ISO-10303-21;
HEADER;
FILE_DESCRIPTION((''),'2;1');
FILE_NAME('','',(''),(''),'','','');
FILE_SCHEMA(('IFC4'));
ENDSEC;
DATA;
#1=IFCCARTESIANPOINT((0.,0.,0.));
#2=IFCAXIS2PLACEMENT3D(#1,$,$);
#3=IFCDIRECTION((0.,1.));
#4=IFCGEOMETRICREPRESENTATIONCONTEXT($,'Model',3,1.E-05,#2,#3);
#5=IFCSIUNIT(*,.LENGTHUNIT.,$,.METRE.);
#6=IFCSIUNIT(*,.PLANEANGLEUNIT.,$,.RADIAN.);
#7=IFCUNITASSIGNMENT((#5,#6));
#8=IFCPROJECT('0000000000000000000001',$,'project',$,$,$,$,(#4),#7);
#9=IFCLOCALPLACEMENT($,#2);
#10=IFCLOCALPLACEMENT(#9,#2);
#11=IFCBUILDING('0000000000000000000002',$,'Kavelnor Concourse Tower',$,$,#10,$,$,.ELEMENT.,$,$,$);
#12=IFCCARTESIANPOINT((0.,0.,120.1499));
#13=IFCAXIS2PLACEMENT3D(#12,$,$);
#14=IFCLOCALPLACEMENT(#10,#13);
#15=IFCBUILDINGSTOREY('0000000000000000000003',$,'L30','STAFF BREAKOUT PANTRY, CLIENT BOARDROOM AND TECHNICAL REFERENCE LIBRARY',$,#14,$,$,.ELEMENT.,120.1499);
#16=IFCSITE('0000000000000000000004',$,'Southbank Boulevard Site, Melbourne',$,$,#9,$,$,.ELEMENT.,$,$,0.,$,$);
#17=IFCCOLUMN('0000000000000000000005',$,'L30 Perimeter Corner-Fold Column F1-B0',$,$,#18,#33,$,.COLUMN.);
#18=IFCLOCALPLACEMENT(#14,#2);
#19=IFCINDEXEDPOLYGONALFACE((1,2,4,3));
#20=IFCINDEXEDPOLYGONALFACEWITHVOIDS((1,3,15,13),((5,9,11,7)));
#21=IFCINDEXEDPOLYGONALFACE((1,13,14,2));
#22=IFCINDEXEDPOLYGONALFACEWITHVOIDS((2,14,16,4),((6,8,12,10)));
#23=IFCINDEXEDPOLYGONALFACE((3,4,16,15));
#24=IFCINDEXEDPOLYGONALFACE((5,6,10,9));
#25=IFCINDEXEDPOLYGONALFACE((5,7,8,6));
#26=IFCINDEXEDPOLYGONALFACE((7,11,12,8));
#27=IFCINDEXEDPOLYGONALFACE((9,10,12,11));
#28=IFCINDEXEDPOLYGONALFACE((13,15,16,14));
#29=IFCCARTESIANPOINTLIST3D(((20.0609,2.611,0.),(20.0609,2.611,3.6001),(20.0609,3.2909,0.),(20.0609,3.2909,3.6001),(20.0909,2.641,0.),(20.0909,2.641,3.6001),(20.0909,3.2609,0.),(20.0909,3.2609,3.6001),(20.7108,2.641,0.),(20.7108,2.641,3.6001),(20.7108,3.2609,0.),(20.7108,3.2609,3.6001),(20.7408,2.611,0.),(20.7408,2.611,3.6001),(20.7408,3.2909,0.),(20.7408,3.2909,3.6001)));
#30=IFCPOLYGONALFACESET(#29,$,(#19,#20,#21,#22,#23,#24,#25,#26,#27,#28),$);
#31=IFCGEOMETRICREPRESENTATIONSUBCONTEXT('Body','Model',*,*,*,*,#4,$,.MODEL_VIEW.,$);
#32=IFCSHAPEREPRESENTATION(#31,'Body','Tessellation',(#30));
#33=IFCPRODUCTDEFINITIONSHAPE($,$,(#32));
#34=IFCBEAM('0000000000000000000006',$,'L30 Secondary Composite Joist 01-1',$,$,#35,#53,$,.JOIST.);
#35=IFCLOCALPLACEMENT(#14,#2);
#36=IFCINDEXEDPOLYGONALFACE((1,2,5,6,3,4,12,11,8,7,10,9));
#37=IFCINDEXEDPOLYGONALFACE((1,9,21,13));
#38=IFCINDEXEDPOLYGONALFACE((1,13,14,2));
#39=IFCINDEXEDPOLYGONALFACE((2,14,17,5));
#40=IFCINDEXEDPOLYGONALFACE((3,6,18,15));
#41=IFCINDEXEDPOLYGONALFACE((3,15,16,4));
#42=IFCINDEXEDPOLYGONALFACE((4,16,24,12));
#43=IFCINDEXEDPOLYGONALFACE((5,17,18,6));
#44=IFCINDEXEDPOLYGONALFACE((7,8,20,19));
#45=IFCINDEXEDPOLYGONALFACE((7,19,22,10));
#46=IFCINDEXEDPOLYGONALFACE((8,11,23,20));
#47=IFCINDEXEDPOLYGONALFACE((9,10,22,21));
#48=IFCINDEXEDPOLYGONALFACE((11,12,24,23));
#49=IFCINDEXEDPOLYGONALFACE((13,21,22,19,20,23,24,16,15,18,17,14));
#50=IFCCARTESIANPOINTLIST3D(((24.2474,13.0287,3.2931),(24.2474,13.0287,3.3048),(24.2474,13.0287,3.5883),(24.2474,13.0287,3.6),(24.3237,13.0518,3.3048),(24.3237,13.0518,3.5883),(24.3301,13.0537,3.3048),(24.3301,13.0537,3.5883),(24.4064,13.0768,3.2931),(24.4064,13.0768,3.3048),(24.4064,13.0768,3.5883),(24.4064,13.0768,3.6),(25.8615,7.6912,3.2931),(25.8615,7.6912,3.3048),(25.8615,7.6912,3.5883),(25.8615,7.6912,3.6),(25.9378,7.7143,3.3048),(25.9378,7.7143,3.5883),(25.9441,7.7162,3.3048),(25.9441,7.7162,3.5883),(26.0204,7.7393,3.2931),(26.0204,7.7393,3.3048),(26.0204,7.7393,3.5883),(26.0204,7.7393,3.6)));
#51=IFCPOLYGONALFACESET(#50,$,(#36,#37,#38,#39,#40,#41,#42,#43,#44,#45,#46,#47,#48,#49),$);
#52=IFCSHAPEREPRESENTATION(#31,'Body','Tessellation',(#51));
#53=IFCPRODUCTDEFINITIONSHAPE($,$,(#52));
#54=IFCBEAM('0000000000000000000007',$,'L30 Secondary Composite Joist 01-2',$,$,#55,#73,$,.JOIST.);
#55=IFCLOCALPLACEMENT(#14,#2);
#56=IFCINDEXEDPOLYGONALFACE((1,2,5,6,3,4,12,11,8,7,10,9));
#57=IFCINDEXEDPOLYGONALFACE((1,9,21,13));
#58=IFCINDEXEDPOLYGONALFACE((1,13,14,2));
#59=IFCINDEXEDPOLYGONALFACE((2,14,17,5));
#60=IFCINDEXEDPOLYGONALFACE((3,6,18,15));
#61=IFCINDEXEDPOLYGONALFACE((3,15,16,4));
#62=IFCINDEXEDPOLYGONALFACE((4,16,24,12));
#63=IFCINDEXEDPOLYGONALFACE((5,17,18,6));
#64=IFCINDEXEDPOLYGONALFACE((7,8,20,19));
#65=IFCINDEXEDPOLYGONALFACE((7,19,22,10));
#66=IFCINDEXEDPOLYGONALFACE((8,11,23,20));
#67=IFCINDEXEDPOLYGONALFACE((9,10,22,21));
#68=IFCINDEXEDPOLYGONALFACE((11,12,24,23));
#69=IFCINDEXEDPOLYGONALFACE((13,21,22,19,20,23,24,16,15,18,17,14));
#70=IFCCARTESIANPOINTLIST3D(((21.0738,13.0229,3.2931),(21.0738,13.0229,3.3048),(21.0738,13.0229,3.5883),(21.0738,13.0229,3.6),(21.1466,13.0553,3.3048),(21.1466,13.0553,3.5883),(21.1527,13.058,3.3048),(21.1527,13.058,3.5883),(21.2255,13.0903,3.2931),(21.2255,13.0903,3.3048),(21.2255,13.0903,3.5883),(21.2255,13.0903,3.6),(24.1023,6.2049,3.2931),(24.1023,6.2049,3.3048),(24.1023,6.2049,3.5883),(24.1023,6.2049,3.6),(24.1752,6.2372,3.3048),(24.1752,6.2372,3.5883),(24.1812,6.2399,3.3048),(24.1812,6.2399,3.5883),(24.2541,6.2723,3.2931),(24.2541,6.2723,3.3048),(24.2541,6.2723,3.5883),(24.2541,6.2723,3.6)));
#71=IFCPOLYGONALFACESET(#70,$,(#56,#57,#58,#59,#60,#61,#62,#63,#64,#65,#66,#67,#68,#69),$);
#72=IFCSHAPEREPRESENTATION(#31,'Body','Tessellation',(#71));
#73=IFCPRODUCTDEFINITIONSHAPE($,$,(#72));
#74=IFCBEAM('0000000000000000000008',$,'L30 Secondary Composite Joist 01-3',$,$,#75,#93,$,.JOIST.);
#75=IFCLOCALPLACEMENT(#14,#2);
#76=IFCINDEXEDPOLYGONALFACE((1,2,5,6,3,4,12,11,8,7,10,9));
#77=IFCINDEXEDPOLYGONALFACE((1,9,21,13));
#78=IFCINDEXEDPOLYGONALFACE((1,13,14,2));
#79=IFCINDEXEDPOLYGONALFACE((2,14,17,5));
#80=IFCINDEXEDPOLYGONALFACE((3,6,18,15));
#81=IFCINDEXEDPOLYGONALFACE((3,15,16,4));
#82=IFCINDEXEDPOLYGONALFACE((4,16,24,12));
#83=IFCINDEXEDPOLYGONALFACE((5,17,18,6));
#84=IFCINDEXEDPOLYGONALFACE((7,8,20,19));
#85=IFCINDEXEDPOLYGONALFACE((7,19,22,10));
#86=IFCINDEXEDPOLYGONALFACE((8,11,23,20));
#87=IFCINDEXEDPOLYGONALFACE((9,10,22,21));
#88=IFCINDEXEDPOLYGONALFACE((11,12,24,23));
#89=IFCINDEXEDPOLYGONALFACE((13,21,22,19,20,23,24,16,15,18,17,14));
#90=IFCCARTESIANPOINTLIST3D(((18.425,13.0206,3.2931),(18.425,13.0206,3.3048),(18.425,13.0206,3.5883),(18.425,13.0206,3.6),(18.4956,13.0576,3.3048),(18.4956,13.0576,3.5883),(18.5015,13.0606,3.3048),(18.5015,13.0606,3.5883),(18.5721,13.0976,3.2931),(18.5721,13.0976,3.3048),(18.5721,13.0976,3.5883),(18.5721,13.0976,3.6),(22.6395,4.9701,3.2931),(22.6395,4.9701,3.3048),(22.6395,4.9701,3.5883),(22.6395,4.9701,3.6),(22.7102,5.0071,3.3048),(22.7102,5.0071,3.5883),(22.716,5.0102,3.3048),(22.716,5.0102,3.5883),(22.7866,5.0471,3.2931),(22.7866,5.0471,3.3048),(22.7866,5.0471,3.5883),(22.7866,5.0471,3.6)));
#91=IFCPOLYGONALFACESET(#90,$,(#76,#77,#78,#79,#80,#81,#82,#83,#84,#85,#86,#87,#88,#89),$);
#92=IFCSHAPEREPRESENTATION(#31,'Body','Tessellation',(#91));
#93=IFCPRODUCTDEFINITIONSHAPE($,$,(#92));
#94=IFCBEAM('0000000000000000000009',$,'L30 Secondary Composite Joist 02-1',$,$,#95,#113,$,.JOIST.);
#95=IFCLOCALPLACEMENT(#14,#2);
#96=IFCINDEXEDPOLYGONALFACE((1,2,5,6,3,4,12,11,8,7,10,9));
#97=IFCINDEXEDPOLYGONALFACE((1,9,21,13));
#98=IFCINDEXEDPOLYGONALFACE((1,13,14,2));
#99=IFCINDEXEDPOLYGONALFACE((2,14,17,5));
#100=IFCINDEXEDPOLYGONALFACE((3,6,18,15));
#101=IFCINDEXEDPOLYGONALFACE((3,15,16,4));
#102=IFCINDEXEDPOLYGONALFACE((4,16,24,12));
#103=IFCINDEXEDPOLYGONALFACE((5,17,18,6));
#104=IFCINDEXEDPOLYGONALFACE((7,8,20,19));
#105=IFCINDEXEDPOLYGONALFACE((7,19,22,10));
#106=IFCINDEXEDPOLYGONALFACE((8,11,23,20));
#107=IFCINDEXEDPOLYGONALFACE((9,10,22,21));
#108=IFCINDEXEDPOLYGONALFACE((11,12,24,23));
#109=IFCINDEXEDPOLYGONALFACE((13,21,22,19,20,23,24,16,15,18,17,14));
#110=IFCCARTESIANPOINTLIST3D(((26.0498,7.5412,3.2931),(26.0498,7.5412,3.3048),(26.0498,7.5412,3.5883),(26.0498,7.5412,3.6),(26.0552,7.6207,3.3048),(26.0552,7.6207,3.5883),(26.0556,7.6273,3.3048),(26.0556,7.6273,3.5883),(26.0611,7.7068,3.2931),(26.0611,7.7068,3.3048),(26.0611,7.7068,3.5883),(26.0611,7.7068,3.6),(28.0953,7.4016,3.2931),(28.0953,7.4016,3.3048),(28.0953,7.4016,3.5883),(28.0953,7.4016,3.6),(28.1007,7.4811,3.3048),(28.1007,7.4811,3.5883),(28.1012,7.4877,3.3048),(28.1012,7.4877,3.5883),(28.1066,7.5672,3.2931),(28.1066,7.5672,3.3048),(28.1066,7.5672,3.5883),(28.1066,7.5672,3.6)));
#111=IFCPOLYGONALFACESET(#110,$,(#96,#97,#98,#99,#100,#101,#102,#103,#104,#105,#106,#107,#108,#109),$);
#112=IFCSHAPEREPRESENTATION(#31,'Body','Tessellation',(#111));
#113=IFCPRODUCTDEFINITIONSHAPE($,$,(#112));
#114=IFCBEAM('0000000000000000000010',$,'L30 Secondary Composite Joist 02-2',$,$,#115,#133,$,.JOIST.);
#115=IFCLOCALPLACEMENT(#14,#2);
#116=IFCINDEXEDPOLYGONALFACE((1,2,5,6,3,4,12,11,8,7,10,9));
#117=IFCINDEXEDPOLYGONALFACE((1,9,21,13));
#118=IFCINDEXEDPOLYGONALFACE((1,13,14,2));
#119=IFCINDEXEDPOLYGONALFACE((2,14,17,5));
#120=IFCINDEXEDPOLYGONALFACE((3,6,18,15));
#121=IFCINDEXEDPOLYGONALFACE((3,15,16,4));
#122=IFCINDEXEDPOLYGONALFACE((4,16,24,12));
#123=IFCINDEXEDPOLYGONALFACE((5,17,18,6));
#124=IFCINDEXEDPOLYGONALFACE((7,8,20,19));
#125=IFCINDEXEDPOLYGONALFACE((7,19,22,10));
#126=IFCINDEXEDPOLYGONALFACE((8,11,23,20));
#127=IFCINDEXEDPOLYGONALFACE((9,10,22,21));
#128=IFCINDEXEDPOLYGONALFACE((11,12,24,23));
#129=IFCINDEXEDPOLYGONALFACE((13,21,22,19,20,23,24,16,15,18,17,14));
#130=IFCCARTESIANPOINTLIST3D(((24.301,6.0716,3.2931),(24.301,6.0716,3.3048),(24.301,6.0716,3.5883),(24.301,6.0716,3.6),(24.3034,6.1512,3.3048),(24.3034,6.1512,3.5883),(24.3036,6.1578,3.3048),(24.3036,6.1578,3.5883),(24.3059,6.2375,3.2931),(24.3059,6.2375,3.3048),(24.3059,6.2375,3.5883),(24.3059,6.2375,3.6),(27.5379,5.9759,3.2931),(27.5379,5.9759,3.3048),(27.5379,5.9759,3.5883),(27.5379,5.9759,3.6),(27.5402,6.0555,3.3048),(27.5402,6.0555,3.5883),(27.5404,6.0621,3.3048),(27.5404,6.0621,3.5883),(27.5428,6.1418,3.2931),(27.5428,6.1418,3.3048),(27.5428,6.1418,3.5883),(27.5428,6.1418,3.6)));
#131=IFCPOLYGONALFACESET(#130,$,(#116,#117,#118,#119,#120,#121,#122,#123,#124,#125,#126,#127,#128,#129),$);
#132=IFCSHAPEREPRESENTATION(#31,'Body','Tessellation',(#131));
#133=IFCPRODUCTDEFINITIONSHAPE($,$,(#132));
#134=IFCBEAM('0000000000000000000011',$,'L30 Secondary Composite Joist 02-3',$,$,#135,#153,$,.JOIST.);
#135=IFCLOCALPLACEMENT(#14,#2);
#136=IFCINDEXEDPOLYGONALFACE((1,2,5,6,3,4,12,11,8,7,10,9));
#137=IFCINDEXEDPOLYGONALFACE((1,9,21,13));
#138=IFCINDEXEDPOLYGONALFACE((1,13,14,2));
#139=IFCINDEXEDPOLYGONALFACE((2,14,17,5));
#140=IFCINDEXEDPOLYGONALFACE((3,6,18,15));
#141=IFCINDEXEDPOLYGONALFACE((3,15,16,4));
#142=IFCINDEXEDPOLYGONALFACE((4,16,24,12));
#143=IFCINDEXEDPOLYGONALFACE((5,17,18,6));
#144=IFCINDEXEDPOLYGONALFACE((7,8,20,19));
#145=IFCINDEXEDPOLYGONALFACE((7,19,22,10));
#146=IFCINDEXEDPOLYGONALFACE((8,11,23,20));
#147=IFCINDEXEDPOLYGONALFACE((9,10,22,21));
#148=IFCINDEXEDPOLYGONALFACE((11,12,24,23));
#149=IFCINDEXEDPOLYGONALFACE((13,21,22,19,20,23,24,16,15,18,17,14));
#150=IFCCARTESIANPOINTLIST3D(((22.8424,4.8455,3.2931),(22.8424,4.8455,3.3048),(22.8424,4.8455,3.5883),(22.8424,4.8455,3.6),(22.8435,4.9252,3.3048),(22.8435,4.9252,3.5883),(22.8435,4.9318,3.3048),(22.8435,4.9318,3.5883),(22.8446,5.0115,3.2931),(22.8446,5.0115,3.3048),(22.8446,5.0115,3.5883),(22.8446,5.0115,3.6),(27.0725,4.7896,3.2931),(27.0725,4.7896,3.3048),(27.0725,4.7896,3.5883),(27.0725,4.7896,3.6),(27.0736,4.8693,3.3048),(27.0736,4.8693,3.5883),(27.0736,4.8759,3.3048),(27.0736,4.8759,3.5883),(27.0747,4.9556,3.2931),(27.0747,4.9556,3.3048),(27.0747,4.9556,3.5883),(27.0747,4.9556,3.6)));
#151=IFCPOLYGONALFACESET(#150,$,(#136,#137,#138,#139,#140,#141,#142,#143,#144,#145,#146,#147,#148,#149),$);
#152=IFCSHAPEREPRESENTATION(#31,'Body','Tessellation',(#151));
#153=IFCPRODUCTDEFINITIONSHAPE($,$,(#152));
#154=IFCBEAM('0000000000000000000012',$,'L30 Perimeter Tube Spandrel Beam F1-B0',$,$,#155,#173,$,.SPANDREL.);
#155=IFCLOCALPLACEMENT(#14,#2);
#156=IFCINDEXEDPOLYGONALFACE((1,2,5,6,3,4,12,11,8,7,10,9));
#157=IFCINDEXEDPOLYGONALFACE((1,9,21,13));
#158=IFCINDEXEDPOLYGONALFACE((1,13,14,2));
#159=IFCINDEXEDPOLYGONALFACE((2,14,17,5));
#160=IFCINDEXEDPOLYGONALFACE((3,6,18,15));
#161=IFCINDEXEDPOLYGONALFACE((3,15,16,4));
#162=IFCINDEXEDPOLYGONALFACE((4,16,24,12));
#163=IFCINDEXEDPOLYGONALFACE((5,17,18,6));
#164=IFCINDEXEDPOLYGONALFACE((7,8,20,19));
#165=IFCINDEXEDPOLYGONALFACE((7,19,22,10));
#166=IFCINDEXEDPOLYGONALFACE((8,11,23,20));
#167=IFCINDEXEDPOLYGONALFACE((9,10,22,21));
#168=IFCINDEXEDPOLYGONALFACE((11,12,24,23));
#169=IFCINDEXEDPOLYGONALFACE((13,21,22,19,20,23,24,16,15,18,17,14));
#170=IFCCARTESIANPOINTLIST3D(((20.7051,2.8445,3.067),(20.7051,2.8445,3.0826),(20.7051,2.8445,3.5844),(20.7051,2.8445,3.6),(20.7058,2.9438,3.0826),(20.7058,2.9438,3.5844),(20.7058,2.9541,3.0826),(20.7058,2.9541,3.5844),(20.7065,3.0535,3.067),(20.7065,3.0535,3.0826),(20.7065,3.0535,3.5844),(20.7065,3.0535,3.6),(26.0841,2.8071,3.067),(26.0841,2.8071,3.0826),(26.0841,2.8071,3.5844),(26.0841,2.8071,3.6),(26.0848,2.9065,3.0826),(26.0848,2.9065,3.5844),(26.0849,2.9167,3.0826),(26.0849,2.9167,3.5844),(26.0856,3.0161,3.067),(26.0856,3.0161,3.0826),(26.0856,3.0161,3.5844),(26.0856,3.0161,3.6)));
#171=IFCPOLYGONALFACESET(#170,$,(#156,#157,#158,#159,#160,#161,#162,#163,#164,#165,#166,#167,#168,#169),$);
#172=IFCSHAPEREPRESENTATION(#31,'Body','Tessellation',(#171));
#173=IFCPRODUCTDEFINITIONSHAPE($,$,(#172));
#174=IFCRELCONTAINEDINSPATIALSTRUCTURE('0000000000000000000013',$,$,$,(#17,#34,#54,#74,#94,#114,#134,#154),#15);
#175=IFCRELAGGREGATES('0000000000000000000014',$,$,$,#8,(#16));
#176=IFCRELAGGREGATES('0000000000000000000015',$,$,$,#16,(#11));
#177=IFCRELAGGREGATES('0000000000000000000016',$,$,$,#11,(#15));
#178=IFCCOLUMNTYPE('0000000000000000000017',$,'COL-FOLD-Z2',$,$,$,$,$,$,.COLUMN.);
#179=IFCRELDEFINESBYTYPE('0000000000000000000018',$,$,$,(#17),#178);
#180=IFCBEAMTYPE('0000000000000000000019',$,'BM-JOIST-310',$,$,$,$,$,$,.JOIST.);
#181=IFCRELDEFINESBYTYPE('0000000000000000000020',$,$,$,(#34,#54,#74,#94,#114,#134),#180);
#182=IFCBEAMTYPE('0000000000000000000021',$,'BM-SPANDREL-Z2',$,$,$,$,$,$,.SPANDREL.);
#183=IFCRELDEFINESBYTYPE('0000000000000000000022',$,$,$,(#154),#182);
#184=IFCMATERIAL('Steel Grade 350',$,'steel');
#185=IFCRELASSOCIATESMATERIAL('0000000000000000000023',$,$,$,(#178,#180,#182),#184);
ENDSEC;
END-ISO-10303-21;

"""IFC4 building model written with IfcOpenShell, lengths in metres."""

from ifc_helpers import new_model, si_unit, direction, frame, origin, origin_2d, place, context, subcontext, project, spatial, hollow_rectangle, i_section, extrude, material, material_profile, profile_set, type_object, element, save


model = new_model("IFC4")

# Units and contexts
model_context = context("Model", 3, precision=1e-05, world=origin(), true_north=direction((0.0, 1.0)))
body_context = subcontext(model_context, "Body", "Model", "MODEL_VIEW")
ifc_project = project(units=[si_unit("LENGTHUNIT", "METRE"), si_unit("PLANEANGLEUNIT", "RADIAN")], contexts=[model_context])

# Site, building, storey
site_placement = place(None, origin())
site = spatial("IfcSite", under=ifc_project, at=site_placement, Name="Southbank Boulevard Site, Melbourne", CompositionType="ELEMENT", RefElevation=0.0)
building_placement = place(site_placement, origin())
building = spatial("IfcBuilding", under=site, at=building_placement, Name="Kavelnor Concourse Tower", CompositionType="ELEMENT")
storey_placement = place(building_placement, frame((0.0, 0.0, 120.1499)))
storey = spatial("IfcBuildingStorey", under=building, at=storey_placement, Name="L30", Description="STAFF BREAKOUT PANTRY, CLIENT BOARDROOM AND TECHNICAL REFERENCE LIBRARY", CompositionType="ELEMENT", Elevation=120.1499)

# Column
ifc_material_1 = material(Name="Steel Grade 350", Category="steel")
ifc_material_profile_1 = material_profile(ifc_material_1, hollow_rectangle(XDim=0.6799, YDim=0.6799, WallThickness=0.03, at=origin_2d()), Name="SHS 680x680x30")
ifc_profile_set_1 = profile_set([ifc_material_profile_1], Name="Steel Grade 350")
column_type = type_object("IfcColumnType", Name="COL-FOLD-Z2", PredefinedType="COLUMN", material=ifc_profile_set_1)
column_placement = place(storey_placement, frame((20.4009, 2.9509, 0.0), z_axis=(0.0, 0.0, 1.0), x_axis=(1.0, 0.0, 0.0)))
element("IfcColumn", 1, at=column_placement, inside=storey, type_object=column_type, Name="L30 Perimeter Corner-Fold Column F1-B0", PredefinedType="COLUMN", context=body_context, shape_type="SweptSolid", body=[
    extrude(hollow_rectangle(XDim=0.6799, YDim=0.6799, WallThickness=0.03, at=origin_2d()), origin(), (0.0, 0.0, 1.0), 3.6001),
])

# Beams
ifc_material_profile_2 = material_profile(ifc_material_1, i_section(OverallWidth=0.166, OverallDepth=0.3069, WebThickness=0.0066, FlangeThickness=0.0117, at=origin_2d()), Name="310UB46")
ifc_profile_set_2 = profile_set([ifc_material_profile_2], Name="Steel Grade 350")
beam_type_1 = type_object("IfcBeamType", Name="BM-JOIST-310", PredefinedType="JOIST", material=ifc_profile_set_2)
beam_1_placement = place(storey_placement, frame((24.3269, 13.0527, 3.4465), z_axis=(0.289452, -0.957193, 0.0), x_axis=(0.957193, 0.289452, 0.0)))
element("IfcBeam", 2, at=beam_1_placement, inside=storey, type_object=beam_type_1, Name="L30 Secondary Composite Joist 01-1", PredefinedType="JOIST", context=body_context, shape_type="SweptSolid", body=[
    extrude(i_section(OverallWidth=0.166, OverallDepth=0.3069, WebThickness=0.0066, FlangeThickness=0.0117, at=origin_2d()), origin(), (0.0, 0.0, 1.0), 5.5762),
])
beam_2_placement = place(storey_placement, frame((21.1497, 13.0566, 3.4465), z_axis=(0.405947, -0.913897, 0.0), x_axis=(0.913897, 0.405947, 0.0)))
element("IfcBeam", 3, at=beam_2_placement, inside=storey, type_object=beam_type_1, Name="L30 Secondary Composite Joist 01-2", PredefinedType="JOIST", context=body_context, shape_type="SweptSolid", body=[
    extrude(i_section(OverallWidth=0.166, OverallDepth=0.3069, WebThickness=0.0066, FlangeThickness=0.0117, at=origin_2d()), origin(), (0.0, 0.0, 1.0), 7.4604),
])
beam_3_placement = place(storey_placement, frame((18.4985, 13.0591, 3.4465), z_axis=(0.463804, -0.885938, 0.0), x_axis=(0.885938, 0.463804, 0.0)))
element("IfcBeam", 4, at=beam_3_placement, inside=storey, type_object=beam_type_1, Name="L30 Secondary Composite Joist 01-3", PredefinedType="JOIST", context=body_context, shape_type="SweptSolid", body=[
    extrude(i_section(OverallWidth=0.166, OverallDepth=0.3069, WebThickness=0.0066, FlangeThickness=0.0117, at=origin_2d()), origin(), (0.0, 0.0, 1.0), 9.0869),
])
beam_4_placement = place(storey_placement, frame((26.0554, 7.624, 3.4465), z_axis=(0.997677, -0.068115, 0.0), x_axis=(0.068115, 0.997677, 0.0)))
element("IfcBeam", 5, at=beam_4_placement, inside=storey, type_object=beam_type_1, Name="L30 Secondary Composite Joist 02-1", PredefinedType="JOIST", context=body_context, shape_type="SweptSolid", body=[
    extrude(i_section(OverallWidth=0.166, OverallDepth=0.3069, WebThickness=0.0066, FlangeThickness=0.0117, at=origin_2d()), origin(), (0.0, 0.0, 1.0), 2.0503),
])
beam_5_placement = place(storey_placement, frame((24.3035, 6.1545, 3.4465), z_axis=(0.999563, -0.029554, 0.0), x_axis=(0.029554, 0.999563, 0.0)))
element("IfcBeam", 6, at=beam_5_placement, inside=storey, type_object=beam_type_1, Name="L30 Secondary Composite Joist 02-2", PredefinedType="JOIST", context=body_context, shape_type="SweptSolid", body=[
    extrude(i_section(OverallWidth=0.166, OverallDepth=0.3069, WebThickness=0.0066, FlangeThickness=0.0117, at=origin_2d()), origin(), (0.0, 0.0, 1.0), 3.2383),
])
beam_6_placement = place(storey_placement, frame((22.8435, 4.9285, 3.4465), z_axis=(0.999913, -0.013216, 0.0), x_axis=(0.013216, 0.999913, 0.0)))
element("IfcBeam", 7, at=beam_6_placement, inside=storey, type_object=beam_type_1, Name="L30 Secondary Composite Joist 02-3", PredefinedType="JOIST", context=body_context, shape_type="SweptSolid", body=[
    extrude(i_section(OverallWidth=0.166, OverallDepth=0.3069, WebThickness=0.0066, FlangeThickness=0.0117, at=origin_2d()), origin(), (0.0, 0.0, 1.0), 4.2305),
])
ifc_material_profile_3 = material_profile(ifc_material_1, i_section(OverallWidth=0.209, OverallDepth=0.533, WebThickness=0.0103, FlangeThickness=0.0156, at=origin_2d()), Name="530UB92")
ifc_profile_set_3 = profile_set([ifc_material_profile_3], Name="Steel Grade 350")
beam_type_2 = type_object("IfcBeamType", Name="BM-SPANDREL-Z2", PredefinedType="SPANDREL", material=ifc_profile_set_3)
beam_7_placement = place(storey_placement, frame((20.7058, 2.949, 3.3335), z_axis=(0.999976, -0.006944, 0.0), x_axis=(0.006944, 0.999976, 0.0)))
element("IfcBeam", 8, at=beam_7_placement, inside=storey, type_object=beam_type_2, Name="L30 Perimeter Tube Spandrel Beam F1-B0", PredefinedType="SPANDREL", context=body_context, shape_type="SweptSolid", body=[
    extrude(i_section(OverallWidth=0.209, OverallDepth=0.533, WebThickness=0.0103, FlangeThickness=0.0156, at=origin_2d()), origin(), (0.0, 0.0, 1.0), 5.3792),
])

save(model, "model.ifc")
